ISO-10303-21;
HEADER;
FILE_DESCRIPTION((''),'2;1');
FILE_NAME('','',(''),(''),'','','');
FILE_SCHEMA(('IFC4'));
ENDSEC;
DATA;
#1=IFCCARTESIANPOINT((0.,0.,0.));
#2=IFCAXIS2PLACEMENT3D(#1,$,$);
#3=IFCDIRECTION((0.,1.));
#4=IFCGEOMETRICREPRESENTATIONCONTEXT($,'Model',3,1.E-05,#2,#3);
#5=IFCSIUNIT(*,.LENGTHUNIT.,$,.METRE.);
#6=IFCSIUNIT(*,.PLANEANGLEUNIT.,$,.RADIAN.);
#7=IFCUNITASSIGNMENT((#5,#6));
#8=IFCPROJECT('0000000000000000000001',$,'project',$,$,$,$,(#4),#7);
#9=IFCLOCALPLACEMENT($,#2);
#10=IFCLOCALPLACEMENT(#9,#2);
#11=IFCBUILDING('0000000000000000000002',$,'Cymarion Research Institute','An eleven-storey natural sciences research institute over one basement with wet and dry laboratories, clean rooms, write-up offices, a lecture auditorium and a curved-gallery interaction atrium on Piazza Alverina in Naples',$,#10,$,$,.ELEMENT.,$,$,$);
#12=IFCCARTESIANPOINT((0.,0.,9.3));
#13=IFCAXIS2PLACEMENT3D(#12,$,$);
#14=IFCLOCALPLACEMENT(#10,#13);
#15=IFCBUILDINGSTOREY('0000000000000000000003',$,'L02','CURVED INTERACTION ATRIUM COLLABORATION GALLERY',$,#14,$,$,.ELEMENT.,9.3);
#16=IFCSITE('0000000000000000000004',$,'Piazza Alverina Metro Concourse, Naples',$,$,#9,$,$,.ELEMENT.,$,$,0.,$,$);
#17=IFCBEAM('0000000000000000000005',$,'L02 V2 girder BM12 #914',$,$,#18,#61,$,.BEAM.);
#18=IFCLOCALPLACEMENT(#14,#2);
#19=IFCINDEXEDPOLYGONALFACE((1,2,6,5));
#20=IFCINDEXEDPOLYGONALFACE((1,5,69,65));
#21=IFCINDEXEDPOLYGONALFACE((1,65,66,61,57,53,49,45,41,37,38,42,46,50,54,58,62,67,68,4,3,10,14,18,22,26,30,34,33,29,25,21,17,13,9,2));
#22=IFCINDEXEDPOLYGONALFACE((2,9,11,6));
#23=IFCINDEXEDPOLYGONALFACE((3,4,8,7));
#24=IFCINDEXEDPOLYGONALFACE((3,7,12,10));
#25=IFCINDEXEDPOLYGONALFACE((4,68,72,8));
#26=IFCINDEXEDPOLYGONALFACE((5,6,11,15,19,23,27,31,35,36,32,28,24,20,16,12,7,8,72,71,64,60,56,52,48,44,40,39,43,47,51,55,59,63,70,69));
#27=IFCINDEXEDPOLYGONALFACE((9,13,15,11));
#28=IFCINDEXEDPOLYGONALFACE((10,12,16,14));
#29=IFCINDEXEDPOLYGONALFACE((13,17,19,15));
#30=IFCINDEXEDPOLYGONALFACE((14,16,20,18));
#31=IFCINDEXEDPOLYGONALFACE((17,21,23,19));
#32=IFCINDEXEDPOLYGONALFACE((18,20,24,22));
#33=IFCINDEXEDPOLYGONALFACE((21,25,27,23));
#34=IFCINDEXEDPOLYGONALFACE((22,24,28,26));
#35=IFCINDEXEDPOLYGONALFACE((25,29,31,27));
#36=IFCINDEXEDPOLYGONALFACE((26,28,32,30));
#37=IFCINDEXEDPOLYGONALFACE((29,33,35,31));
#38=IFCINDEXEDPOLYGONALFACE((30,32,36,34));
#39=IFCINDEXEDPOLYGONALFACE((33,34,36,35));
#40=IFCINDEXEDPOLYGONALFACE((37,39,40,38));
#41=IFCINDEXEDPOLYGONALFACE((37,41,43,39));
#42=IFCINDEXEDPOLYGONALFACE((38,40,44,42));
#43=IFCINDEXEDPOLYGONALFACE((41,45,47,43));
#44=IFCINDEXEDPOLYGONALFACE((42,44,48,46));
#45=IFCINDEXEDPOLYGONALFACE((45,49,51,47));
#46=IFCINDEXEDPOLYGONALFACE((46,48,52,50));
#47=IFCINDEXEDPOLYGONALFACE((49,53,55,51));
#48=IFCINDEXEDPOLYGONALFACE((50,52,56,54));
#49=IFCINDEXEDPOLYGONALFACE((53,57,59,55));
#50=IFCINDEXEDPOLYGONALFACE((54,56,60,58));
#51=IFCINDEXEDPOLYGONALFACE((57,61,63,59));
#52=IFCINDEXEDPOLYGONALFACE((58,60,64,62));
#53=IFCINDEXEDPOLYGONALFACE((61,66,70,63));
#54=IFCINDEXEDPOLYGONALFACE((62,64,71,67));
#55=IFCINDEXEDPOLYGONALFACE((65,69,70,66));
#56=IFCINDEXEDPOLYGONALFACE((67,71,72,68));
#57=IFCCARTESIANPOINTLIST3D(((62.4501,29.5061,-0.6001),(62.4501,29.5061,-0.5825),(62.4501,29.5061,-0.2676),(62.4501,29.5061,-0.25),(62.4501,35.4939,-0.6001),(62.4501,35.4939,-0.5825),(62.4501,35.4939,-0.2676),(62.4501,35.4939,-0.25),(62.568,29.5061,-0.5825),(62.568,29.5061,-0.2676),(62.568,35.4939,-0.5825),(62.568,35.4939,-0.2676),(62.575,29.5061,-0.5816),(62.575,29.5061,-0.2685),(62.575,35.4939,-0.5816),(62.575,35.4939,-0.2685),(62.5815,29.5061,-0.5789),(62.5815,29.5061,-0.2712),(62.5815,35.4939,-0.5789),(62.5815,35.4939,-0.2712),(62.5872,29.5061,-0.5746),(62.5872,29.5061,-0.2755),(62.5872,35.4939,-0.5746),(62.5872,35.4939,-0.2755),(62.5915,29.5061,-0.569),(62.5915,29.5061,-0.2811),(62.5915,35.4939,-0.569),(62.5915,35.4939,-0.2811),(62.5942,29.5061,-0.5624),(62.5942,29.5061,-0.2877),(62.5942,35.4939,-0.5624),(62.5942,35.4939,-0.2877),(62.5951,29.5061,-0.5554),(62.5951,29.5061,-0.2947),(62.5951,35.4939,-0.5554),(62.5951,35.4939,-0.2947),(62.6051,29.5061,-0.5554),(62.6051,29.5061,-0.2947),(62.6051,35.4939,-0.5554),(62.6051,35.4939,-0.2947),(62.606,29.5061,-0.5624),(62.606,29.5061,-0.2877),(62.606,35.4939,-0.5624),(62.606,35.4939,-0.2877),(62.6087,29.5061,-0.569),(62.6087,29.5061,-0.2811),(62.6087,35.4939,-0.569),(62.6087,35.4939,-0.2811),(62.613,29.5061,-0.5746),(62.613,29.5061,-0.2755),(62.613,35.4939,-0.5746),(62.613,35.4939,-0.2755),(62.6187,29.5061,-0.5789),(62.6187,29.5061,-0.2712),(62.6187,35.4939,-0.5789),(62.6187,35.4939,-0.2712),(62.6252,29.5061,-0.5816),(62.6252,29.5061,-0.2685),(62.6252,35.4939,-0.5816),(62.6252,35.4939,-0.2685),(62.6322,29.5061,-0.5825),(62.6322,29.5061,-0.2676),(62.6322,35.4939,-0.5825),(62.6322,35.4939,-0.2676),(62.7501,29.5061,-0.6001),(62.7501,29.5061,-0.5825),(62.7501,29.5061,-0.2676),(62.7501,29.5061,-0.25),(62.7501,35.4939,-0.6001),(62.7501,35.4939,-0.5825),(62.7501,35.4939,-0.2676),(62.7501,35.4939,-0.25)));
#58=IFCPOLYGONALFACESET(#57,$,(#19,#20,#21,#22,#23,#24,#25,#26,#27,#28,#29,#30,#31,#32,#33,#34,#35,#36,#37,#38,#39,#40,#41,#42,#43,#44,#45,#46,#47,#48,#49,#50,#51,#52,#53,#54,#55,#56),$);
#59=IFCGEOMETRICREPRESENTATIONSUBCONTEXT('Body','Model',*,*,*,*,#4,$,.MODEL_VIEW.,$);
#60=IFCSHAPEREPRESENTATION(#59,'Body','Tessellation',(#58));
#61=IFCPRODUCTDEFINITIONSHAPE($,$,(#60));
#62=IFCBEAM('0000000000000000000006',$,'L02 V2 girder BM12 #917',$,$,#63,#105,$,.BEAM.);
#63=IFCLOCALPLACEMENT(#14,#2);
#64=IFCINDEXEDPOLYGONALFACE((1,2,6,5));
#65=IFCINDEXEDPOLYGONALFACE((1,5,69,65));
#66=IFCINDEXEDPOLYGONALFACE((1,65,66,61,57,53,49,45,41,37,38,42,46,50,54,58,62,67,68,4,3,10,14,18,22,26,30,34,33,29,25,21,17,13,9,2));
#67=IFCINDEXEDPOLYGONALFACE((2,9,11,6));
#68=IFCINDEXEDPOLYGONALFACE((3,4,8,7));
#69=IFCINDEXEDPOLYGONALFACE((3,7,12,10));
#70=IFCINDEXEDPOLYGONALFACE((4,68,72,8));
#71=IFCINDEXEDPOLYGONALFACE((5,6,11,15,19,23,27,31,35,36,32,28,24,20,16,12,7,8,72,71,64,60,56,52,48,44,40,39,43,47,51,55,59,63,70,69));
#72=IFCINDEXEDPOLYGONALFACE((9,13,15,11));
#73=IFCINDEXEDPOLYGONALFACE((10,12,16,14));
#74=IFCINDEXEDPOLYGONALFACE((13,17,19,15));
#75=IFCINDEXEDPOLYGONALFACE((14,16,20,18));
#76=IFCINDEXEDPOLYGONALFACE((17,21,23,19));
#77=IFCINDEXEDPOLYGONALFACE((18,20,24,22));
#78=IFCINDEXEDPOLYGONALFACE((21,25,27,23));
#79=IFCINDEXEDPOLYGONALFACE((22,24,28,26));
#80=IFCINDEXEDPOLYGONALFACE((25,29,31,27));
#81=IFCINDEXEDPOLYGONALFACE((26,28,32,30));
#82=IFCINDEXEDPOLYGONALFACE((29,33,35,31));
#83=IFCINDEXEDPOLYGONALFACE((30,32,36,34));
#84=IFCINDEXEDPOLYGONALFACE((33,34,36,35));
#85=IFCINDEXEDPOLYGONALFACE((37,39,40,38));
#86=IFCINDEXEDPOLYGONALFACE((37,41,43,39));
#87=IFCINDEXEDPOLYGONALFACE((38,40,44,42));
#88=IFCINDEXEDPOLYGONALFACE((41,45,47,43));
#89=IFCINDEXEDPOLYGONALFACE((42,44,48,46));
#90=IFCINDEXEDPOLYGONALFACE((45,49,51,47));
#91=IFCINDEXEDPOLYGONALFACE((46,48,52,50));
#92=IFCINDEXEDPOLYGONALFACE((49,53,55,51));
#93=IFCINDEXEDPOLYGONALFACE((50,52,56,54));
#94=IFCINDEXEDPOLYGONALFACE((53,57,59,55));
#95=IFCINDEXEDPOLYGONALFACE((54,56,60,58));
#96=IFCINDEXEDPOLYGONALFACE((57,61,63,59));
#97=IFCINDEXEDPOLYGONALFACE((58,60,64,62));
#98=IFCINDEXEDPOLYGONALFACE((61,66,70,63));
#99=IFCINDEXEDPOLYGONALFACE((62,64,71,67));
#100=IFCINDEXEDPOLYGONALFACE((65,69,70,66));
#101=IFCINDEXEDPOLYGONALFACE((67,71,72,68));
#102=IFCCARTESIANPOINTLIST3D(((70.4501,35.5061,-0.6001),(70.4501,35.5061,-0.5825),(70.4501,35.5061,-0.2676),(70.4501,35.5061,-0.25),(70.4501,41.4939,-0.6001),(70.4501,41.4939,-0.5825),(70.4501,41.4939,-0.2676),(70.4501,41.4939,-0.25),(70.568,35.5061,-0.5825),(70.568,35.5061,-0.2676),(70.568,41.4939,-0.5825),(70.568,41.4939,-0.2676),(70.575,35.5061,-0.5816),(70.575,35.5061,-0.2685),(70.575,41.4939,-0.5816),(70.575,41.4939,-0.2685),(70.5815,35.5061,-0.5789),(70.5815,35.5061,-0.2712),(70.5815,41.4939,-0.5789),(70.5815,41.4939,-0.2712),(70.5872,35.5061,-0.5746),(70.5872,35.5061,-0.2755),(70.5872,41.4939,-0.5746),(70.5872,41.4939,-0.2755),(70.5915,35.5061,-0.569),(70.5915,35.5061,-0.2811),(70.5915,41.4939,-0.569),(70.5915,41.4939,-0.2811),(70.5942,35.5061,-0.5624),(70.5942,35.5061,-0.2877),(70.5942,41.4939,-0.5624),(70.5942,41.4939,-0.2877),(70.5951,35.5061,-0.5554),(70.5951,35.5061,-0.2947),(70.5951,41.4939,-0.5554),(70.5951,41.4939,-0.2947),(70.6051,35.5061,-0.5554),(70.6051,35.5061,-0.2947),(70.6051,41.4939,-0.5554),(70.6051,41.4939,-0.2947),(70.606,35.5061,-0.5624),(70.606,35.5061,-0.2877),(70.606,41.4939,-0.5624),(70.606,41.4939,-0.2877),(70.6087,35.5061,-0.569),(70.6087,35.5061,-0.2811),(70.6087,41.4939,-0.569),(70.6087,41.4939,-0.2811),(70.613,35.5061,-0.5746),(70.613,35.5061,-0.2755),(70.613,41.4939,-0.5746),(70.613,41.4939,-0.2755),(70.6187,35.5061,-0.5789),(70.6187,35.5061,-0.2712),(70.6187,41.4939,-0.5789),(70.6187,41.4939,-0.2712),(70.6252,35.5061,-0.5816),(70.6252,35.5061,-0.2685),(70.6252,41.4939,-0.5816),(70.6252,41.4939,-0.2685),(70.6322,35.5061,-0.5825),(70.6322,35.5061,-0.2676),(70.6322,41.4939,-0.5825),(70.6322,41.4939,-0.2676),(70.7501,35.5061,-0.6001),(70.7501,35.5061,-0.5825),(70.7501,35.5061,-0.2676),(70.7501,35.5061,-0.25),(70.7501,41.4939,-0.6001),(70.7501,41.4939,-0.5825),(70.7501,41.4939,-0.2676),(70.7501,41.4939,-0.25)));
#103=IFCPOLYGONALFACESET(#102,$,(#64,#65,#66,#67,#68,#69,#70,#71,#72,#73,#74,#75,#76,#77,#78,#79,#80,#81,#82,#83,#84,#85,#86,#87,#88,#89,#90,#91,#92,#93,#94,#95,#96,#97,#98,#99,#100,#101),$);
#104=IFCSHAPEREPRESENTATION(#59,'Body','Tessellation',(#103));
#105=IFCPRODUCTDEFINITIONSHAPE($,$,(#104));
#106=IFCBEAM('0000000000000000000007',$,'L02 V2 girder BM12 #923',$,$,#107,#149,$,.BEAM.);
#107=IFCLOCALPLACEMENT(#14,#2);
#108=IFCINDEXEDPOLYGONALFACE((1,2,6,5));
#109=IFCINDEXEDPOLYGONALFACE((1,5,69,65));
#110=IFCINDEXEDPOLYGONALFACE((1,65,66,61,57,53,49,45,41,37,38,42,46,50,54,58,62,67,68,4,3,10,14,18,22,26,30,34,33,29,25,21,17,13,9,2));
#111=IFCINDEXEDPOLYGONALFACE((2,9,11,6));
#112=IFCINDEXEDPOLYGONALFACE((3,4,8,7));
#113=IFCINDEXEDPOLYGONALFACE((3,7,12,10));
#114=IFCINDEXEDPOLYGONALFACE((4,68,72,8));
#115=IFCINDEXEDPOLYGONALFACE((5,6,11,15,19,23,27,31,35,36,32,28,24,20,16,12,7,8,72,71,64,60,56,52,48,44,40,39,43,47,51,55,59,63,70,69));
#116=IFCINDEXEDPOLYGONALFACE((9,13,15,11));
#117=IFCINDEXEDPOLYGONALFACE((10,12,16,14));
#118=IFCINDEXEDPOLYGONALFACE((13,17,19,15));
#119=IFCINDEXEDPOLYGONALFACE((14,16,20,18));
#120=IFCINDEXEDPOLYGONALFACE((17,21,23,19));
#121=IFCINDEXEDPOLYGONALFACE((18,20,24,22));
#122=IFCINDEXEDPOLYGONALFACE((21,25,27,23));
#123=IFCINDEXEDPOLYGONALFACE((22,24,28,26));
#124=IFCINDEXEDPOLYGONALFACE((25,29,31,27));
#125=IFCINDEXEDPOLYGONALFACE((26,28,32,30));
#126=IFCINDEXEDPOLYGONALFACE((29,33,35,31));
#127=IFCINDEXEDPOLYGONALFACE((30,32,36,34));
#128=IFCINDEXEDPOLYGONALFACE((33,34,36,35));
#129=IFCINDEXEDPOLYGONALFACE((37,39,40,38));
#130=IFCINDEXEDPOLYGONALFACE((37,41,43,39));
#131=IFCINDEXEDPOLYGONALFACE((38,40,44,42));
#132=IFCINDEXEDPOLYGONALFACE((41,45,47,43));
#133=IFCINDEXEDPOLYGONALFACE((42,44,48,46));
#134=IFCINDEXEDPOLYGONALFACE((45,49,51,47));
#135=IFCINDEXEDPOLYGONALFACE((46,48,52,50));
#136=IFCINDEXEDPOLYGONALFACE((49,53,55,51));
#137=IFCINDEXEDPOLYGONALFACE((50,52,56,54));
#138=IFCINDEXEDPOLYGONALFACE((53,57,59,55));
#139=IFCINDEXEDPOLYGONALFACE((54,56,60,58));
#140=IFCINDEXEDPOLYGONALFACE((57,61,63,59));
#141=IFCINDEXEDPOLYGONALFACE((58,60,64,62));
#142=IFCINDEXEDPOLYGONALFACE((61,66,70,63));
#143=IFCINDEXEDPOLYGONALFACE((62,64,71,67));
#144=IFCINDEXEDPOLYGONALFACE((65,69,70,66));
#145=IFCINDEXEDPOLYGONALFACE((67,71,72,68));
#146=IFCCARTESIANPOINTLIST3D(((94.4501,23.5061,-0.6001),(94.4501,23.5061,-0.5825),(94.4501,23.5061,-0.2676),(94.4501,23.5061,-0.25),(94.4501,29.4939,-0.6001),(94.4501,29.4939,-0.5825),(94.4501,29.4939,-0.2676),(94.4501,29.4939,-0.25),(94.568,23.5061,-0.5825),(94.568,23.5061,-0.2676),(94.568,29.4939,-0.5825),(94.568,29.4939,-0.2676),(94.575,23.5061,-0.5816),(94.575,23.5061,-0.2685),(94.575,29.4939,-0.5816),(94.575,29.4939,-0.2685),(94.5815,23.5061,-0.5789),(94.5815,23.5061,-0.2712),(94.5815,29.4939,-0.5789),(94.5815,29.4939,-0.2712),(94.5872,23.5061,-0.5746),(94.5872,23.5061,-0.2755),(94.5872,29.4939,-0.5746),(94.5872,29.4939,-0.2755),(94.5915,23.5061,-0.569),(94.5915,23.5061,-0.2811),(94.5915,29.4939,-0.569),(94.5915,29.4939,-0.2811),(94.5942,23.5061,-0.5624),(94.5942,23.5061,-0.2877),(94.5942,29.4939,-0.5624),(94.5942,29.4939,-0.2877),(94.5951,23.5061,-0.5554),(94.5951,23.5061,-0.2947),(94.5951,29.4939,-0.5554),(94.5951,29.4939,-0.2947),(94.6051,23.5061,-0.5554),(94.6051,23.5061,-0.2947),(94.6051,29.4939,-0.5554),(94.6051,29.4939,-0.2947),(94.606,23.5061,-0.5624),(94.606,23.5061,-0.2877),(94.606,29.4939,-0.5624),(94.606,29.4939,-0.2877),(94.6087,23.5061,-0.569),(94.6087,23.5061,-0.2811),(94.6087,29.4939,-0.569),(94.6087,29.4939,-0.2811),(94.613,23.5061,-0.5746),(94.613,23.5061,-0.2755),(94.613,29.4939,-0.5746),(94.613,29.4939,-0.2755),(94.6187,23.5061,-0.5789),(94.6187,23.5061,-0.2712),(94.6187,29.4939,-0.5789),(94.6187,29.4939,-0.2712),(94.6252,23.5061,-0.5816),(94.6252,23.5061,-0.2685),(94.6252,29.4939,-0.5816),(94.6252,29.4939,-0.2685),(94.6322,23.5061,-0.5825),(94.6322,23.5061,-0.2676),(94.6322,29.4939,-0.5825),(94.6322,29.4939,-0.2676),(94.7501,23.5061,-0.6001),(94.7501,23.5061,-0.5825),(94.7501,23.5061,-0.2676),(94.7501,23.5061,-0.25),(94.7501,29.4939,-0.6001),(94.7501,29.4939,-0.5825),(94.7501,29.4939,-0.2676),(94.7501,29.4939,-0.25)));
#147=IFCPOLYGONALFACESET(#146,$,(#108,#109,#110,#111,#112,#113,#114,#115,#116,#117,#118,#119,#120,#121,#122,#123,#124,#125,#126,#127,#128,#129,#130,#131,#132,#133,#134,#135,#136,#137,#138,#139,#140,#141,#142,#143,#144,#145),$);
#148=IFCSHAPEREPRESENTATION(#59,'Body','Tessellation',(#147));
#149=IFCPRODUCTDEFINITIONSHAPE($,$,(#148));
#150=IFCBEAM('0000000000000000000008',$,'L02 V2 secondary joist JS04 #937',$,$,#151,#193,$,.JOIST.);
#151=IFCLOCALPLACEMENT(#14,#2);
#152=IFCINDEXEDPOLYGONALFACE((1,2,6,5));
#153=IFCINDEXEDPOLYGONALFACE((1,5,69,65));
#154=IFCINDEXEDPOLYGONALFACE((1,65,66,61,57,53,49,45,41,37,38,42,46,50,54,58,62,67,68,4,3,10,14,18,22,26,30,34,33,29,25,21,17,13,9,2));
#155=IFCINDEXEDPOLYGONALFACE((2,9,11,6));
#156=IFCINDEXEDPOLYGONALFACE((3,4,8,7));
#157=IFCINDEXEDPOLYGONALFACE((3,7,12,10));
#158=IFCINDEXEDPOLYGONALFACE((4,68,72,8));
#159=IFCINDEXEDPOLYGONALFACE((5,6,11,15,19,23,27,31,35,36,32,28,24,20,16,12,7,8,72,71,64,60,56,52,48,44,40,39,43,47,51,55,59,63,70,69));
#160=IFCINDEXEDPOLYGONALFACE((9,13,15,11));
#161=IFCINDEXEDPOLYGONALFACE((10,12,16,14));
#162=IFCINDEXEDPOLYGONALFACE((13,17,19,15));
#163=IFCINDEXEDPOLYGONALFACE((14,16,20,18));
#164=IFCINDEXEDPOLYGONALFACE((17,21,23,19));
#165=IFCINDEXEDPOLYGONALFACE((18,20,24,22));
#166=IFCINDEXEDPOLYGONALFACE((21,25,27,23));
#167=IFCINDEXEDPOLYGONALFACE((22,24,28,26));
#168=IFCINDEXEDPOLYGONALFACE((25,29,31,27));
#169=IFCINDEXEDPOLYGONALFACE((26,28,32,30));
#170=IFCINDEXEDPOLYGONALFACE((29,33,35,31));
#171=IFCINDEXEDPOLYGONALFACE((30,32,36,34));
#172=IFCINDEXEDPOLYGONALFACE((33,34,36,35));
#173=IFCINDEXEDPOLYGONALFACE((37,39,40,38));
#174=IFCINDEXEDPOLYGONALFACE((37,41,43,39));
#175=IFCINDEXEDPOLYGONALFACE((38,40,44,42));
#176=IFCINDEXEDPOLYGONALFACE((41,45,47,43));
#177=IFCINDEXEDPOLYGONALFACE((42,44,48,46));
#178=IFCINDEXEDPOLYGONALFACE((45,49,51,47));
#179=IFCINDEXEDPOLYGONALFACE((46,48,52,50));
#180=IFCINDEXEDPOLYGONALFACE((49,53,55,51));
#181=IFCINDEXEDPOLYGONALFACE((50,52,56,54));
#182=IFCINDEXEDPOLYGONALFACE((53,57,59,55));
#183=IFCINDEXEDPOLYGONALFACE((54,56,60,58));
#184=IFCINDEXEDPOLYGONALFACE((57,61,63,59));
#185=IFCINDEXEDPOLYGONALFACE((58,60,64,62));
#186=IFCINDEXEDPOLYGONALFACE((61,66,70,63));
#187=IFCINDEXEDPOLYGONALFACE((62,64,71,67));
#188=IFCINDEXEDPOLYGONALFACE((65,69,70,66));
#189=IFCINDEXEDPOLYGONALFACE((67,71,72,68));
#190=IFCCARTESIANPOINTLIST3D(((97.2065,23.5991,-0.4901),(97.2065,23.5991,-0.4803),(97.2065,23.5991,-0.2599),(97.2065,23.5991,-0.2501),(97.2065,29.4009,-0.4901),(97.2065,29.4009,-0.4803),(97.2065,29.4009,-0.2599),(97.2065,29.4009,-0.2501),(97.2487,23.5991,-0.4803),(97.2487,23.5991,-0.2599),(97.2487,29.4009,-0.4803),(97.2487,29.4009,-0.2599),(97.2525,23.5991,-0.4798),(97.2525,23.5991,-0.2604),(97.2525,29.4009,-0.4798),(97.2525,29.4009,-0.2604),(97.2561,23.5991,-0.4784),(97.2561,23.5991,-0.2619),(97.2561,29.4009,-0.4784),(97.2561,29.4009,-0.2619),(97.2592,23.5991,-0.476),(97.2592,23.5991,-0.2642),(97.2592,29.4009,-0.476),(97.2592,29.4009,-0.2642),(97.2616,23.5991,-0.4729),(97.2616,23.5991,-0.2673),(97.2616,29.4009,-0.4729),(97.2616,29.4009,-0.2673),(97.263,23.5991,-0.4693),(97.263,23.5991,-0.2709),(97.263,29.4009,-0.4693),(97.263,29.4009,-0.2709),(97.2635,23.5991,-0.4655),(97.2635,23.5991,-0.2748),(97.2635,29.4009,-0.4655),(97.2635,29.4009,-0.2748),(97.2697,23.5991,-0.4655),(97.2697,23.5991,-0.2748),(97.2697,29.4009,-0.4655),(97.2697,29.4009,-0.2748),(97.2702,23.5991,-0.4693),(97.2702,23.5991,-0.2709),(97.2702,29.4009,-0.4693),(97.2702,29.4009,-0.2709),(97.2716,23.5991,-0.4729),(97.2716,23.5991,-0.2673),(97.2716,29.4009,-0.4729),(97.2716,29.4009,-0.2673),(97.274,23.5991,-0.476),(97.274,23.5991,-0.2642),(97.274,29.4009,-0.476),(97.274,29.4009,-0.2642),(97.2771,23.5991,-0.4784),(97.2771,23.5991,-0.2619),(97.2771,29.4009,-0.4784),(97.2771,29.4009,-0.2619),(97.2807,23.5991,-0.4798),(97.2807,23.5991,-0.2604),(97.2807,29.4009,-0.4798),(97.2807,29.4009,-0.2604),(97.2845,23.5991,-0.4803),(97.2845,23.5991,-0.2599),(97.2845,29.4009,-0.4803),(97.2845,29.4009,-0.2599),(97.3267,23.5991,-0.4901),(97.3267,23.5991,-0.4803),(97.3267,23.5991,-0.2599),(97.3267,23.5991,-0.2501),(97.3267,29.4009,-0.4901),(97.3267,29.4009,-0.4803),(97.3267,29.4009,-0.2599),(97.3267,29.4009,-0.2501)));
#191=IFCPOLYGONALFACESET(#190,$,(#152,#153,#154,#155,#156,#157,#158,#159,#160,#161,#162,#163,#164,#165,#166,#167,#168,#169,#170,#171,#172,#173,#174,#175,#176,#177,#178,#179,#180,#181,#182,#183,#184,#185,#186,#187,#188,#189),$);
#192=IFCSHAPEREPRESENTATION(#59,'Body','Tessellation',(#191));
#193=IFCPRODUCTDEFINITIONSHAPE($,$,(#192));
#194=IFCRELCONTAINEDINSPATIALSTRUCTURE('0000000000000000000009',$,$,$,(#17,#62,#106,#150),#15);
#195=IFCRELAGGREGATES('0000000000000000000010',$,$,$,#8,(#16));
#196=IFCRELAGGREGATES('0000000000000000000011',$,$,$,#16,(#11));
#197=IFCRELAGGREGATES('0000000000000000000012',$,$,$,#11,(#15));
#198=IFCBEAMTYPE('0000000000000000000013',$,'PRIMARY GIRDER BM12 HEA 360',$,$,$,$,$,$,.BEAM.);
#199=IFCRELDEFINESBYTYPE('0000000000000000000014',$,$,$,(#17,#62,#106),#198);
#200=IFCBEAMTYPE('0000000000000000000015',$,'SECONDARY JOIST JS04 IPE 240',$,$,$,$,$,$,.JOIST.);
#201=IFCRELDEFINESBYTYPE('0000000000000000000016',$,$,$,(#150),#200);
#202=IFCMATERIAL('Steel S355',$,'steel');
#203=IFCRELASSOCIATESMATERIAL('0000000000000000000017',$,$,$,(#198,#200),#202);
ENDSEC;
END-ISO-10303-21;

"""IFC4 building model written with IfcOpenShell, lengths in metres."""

from ifc_helpers import new_model, si_unit, direction, frame, origin, origin_2d, place, context, subcontext, project, spatial, i_section, extrude, material, material_profile, profile_set, type_object, element, save


model = new_model("IFC4")

# Units and contexts
model_context = context("Model", 3, precision=1e-05, world=origin(), true_north=direction((0.0, 1.0)))
body_context = subcontext(model_context, "Body", "Model", "MODEL_VIEW")
ifc_project = project(units=[si_unit("LENGTHUNIT", "METRE"), si_unit("PLANEANGLEUNIT", "RADIAN")], contexts=[model_context])

# Site, building, storey
site_placement = place(None, origin())
site = spatial("IfcSite", under=ifc_project, at=site_placement, Name="Piazza Alverina Metro Concourse, Naples", CompositionType="ELEMENT", RefElevation=0.0)
building_placement = place(site_placement, origin())
building = spatial("IfcBuilding", under=site, at=building_placement, Name="Cymarion Research Institute", Description="An eleven-storey natural sciences research institute over one basement with wet and dry laboratories, clean rooms, write-up offices, a lecture auditorium and a curved-gallery interaction atrium on Piazza Alverina in Naples", CompositionType="ELEMENT")
storey_placement = place(building_placement, frame((0.0, 0.0, 9.3)))
storey = spatial("IfcBuildingStorey", under=building, at=storey_placement, Name="L02", Description="CURVED INTERACTION ATRIUM COLLABORATION GALLERY", CompositionType="ELEMENT", Elevation=9.3)

# Shared definitions
ifc_material_1 = material(Name="Steel S355", Category="steel")

# Beams
ifc_material_profile_1 = material_profile(ifc_material_1, i_section(OverallWidth=0.3, OverallDepth=0.3501, WebThickness=0.01, FlangeThickness=0.0176, FilletRadius=0.0271, at=origin_2d()), Name="HEA 360")
ifc_profile_set_1 = profile_set([ifc_material_profile_1], Name="Steel S355")
beam_type_1 = type_object("IfcBeamType", Name="PRIMARY GIRDER BM12 HEA 360", PredefinedType="BEAM", material=ifc_profile_set_1)
for number, where, z_axis, x_axis, name in (
    (1, (62.6001, 29.5061, -0.425), (0.0, 1.0, 0.0), (-1.0, 0.0, 0.0), "L02 V2 girder BM12 #914"),
    (2, (70.6001, 35.5061, -0.425), (0.0, 1.0, 0.0), (-1.0, 0.0, 0.0), "L02 V2 girder BM12 #917"),
    (3, (94.6001, 23.5061, -0.425), (0.0, 1.0, 0.0), (-1.0, 0.0, 0.0), "L02 V2 girder BM12 #923"),
):
    element("IfcBeam", number, at=place(storey_placement, frame(where, z_axis=z_axis, x_axis=x_axis)), inside=storey, type_object=beam_type_1, Name=name, PredefinedType="BEAM", context=body_context, shape_type="SweptSolid", body=[
        extrude(i_section(OverallWidth=0.3, OverallDepth=0.3501, WebThickness=0.01, FlangeThickness=0.0176, FilletRadius=0.0271, at=origin_2d()), origin(), (0.0, 0.0, 1.0), 5.9878),
    ])
ifc_material_profile_2 = material_profile(ifc_material_1, i_section(OverallWidth=0.1201, OverallDepth=0.24, WebThickness=0.0061, FlangeThickness=0.0098, FilletRadius=0.0149, at=origin_2d()), Name="IPE 240")
ifc_profile_set_2 = profile_set([ifc_material_profile_2], Name="Steel S355")
beam_type_2 = type_object("IfcBeamType", Name="SECONDARY JOIST JS04 IPE 240", PredefinedType="JOIST", material=ifc_profile_set_2)
for number, where, z_axis, x_axis, name in (
    (4, (97.2666, 23.5991, -0.3701), (0.0, 1.0, 0.0), (-1.0, 0.0, 0.0), "L02 V2 secondary joist JS04 #937"),
):
    element("IfcBeam", number, at=place(storey_placement, frame(where, z_axis=z_axis, x_axis=x_axis)), inside=storey, type_object=beam_type_2, Name=name, PredefinedType="JOIST", context=body_context, shape_type="SweptSolid", body=[
        extrude(i_section(OverallWidth=0.1201, OverallDepth=0.24, WebThickness=0.0061, FlangeThickness=0.0098, FilletRadius=0.0149, at=origin_2d()), origin(), (0.0, 0.0, 1.0), 5.8018),
    ])

save(model, "model.ifc")
